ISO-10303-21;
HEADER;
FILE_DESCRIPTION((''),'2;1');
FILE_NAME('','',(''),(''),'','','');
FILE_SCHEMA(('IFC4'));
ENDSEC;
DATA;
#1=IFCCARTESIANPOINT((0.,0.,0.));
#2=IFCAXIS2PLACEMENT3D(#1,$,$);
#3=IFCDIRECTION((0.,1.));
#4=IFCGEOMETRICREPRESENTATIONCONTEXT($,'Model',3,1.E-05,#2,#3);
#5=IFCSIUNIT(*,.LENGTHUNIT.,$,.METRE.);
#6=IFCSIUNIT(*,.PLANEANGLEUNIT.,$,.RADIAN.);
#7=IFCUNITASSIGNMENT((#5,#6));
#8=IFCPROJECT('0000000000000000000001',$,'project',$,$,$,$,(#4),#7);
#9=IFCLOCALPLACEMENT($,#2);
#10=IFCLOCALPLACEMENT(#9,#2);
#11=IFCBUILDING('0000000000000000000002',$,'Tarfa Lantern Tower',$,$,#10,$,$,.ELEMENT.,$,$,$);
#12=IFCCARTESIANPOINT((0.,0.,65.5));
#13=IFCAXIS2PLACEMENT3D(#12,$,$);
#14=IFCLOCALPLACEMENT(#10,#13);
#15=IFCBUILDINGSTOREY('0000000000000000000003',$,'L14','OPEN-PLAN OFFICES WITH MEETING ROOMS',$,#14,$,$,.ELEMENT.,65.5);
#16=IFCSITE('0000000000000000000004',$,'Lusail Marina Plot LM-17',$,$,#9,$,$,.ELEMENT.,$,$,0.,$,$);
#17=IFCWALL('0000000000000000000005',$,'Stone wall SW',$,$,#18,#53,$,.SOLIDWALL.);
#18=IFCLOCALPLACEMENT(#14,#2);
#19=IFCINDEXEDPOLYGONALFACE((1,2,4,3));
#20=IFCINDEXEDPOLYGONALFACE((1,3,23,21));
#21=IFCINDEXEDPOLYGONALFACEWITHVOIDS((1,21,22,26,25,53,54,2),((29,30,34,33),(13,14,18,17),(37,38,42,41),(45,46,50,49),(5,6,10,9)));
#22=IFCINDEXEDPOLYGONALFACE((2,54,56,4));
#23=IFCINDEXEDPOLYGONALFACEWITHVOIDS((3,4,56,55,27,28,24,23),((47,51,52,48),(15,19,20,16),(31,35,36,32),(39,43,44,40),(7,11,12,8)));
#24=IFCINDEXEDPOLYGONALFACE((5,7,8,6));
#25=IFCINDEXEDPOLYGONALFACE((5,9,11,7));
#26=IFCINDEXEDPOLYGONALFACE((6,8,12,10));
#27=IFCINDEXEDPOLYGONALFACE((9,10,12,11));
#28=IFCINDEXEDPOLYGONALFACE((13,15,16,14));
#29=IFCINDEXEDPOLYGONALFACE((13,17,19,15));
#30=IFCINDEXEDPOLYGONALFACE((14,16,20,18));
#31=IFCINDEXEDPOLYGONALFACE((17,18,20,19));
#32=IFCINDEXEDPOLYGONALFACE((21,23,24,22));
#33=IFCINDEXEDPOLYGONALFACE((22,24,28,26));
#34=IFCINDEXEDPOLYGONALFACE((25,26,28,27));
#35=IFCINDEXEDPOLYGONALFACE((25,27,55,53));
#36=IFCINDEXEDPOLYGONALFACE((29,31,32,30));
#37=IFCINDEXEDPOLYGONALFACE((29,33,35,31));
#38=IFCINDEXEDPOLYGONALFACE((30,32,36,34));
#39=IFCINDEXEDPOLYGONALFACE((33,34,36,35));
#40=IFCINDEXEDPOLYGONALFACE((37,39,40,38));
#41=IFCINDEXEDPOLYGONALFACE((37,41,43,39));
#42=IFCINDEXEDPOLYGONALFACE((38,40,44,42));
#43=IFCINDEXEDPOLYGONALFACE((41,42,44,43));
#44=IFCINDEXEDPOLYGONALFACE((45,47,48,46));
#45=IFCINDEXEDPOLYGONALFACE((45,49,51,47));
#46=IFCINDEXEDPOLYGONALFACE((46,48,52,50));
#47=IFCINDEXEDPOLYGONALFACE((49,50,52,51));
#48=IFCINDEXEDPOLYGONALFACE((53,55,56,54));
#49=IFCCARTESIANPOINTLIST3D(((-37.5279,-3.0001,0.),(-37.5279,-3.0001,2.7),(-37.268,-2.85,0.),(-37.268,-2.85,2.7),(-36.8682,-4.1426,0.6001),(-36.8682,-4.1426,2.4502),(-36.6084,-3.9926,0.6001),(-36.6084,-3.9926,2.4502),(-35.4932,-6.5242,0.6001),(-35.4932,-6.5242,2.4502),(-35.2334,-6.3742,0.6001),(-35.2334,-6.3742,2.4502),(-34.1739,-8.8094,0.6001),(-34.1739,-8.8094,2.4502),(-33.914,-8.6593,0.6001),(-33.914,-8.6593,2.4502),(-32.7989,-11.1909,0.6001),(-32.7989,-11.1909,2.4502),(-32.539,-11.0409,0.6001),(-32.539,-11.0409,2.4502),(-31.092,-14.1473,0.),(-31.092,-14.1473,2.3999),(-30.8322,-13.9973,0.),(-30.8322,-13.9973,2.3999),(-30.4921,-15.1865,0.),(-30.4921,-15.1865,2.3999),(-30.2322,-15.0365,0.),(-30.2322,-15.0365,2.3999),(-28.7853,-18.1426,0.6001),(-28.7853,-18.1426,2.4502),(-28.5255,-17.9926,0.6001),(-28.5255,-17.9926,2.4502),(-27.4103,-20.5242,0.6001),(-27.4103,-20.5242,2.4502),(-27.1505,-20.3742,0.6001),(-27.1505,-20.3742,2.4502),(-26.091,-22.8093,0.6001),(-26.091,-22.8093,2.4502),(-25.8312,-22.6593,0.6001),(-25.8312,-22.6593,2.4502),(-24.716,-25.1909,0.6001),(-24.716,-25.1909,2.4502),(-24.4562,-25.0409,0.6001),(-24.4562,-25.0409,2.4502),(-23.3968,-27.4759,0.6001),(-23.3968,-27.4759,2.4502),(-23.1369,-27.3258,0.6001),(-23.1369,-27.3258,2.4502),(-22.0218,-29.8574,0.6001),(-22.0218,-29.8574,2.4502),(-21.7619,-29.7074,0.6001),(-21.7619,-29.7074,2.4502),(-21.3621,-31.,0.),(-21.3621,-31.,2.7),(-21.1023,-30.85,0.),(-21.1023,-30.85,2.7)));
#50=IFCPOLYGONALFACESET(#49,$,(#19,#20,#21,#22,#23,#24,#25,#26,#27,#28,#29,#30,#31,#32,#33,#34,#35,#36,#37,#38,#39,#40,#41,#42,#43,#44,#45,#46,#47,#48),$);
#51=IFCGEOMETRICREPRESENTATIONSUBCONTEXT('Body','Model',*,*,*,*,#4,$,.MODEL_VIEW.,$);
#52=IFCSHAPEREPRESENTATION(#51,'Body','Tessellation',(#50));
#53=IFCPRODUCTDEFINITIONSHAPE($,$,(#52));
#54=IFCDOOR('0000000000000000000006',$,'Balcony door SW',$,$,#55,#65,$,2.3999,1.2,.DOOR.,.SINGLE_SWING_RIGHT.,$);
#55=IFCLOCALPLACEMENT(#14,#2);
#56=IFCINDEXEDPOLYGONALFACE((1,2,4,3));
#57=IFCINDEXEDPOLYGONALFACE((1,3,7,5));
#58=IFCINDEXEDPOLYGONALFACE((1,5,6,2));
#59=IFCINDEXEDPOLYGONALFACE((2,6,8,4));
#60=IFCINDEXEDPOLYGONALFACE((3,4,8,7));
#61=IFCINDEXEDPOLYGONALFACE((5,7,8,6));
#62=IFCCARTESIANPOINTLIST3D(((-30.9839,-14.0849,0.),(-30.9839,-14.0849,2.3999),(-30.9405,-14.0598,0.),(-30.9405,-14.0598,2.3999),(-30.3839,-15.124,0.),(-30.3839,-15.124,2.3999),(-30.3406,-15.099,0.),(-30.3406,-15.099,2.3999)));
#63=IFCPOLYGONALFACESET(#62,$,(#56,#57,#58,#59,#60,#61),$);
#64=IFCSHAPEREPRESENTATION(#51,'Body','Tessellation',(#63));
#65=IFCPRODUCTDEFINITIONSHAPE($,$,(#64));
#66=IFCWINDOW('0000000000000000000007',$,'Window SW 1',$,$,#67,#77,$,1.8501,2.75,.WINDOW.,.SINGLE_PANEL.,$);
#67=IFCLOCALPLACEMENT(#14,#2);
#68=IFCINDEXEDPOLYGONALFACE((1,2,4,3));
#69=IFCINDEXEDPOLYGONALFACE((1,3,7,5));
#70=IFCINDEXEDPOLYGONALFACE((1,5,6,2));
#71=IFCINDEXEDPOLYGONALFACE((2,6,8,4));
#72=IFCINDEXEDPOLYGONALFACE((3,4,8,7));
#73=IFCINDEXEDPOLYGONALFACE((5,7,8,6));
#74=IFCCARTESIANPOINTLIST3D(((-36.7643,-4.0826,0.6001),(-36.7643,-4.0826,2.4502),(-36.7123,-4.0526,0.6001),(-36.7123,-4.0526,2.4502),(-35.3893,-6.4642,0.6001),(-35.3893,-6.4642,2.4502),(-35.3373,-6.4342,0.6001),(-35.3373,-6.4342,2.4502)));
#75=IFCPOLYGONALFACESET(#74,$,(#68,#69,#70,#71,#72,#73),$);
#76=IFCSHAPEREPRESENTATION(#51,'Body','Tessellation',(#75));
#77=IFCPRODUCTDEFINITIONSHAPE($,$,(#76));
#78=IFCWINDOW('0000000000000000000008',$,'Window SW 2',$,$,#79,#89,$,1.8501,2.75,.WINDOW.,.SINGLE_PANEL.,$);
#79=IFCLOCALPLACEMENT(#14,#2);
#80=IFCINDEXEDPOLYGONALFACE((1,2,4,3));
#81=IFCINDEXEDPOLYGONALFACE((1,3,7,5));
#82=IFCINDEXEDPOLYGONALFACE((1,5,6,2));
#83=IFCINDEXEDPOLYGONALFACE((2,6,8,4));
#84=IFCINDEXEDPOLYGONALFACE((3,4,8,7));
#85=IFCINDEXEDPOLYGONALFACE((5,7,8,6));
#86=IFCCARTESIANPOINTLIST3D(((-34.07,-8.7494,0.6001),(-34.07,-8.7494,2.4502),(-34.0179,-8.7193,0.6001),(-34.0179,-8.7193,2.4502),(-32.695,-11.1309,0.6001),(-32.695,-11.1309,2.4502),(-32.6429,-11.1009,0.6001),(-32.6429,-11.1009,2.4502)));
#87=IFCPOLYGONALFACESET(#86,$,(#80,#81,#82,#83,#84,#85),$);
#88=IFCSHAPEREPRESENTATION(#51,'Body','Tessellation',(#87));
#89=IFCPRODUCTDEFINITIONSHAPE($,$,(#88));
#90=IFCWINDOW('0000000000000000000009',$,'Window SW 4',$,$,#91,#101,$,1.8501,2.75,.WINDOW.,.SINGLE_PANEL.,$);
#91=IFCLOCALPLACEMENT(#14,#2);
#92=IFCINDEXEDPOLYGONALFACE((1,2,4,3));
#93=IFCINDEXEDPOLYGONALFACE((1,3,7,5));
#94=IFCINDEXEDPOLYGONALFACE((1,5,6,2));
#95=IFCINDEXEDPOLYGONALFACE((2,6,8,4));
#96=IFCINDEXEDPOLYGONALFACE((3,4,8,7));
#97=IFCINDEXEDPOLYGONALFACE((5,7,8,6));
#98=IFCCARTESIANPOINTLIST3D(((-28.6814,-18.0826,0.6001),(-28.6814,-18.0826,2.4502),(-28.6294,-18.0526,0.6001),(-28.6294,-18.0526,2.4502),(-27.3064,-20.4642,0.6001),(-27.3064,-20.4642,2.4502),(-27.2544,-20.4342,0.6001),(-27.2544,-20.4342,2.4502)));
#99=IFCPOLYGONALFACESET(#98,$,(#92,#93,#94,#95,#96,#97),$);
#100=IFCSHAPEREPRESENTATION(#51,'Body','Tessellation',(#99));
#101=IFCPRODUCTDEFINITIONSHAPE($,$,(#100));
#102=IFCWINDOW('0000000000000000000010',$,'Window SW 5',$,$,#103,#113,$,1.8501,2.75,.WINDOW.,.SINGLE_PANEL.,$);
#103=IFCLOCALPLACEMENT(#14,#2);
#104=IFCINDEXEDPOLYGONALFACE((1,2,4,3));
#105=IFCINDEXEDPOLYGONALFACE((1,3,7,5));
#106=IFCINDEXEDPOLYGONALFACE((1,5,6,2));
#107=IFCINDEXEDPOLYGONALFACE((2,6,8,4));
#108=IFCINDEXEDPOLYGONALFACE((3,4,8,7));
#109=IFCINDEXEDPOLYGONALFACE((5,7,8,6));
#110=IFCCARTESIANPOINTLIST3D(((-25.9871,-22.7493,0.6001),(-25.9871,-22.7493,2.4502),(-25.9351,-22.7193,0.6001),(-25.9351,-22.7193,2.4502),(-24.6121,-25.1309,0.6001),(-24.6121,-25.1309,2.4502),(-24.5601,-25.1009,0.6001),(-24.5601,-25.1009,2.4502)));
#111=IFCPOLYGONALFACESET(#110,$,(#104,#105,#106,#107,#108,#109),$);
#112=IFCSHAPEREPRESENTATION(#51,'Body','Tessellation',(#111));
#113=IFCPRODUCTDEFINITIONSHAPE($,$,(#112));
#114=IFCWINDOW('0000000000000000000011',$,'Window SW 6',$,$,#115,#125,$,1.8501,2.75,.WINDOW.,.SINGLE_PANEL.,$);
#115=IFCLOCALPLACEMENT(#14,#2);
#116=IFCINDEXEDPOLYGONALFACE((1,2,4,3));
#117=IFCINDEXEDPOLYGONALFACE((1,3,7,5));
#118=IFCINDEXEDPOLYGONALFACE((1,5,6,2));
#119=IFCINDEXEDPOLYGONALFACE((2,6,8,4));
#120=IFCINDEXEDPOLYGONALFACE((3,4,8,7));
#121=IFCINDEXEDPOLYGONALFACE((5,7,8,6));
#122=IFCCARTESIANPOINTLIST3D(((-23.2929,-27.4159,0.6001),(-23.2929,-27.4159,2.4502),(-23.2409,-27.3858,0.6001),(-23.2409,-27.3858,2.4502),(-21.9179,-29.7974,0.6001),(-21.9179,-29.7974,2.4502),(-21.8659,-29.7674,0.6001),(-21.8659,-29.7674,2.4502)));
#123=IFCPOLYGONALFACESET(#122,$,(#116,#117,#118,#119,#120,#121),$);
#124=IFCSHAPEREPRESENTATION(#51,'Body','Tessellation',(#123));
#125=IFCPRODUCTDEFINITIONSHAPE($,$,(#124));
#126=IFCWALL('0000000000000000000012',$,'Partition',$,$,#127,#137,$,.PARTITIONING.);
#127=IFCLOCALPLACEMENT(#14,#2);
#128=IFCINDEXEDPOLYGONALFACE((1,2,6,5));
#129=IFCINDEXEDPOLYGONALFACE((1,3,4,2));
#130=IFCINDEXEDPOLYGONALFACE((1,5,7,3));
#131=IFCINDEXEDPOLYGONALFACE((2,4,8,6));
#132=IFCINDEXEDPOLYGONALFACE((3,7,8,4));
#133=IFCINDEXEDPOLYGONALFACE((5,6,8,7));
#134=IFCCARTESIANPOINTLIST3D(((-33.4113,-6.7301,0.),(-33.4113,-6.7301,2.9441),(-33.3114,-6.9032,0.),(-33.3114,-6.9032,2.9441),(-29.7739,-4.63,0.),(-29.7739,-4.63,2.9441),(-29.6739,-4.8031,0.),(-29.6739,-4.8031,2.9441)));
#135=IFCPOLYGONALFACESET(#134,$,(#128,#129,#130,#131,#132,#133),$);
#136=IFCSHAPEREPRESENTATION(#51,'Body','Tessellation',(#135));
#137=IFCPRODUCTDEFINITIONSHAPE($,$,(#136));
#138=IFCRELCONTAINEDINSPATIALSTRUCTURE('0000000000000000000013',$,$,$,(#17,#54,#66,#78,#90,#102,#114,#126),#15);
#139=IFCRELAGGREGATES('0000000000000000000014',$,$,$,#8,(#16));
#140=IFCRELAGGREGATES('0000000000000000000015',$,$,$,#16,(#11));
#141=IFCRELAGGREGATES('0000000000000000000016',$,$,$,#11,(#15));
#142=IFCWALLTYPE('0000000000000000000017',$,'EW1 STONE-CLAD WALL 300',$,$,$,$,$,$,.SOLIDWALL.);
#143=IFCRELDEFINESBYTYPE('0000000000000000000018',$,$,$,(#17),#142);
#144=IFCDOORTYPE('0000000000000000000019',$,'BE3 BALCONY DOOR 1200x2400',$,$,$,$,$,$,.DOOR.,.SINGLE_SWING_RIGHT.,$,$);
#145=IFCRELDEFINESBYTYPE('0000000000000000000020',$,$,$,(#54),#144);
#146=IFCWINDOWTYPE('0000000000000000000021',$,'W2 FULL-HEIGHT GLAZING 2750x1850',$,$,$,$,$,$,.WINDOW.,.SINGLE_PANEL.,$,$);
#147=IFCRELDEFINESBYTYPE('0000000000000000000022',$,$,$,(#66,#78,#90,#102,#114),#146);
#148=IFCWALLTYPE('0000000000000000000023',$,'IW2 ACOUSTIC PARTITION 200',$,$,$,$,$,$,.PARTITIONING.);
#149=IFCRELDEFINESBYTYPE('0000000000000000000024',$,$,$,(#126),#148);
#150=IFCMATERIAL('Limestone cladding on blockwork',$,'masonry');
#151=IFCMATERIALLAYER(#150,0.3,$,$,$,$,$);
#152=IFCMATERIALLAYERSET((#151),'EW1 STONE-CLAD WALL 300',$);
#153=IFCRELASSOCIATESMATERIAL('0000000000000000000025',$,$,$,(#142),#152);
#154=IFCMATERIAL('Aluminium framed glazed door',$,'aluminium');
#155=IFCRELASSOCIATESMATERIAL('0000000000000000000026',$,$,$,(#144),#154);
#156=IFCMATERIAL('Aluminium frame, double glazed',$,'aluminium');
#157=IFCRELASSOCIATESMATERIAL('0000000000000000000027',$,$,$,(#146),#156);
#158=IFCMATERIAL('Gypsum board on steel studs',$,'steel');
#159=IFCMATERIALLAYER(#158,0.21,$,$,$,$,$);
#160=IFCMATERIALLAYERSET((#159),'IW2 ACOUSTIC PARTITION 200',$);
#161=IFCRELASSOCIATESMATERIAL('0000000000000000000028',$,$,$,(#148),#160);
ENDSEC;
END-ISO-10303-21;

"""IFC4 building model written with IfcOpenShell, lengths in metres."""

from ifc_helpers import new_model, si_unit, direction, frame, frame_2d, origin, place, context, subcontext, project, spatial, rectangle, extrude, material, layer, layer_set, type_object, element, fill, save


model = new_model("IFC4")

# Units and contexts
model_context = context("Model", 3, precision=1e-05, world=origin(), true_north=direction((0.0, 1.0)))
body_context = subcontext(model_context, "Body", "Model", "MODEL_VIEW")
ifc_project = project(units=[si_unit("LENGTHUNIT", "METRE"), si_unit("PLANEANGLEUNIT", "RADIAN")], contexts=[model_context])

# Site, building, storey
site_placement = place(None, origin())
site = spatial("IfcSite", under=ifc_project, at=site_placement, Name="Lusail Marina Plot LM-17", CompositionType="ELEMENT", RefElevation=0.0)
building_placement = place(site_placement, origin())
building = spatial("IfcBuilding", under=site, at=building_placement, Name="Tarfa Lantern Tower", CompositionType="ELEMENT")
storey_placement = place(building_placement, frame((0.0, 0.0, 65.5)))
storey = spatial("IfcBuildingStorey", under=building, at=storey_placement, Name="L14", Description="OPEN-PLAN OFFICES WITH MEETING ROOMS", CompositionType="ELEMENT", Elevation=65.5)

# Wall, openings, door, windows
ifc_material_1 = material(Name="Limestone cladding on blockwork", Category="masonry")
ifc_layer_1 = layer(ifc_material_1, 0.3)
ifc_layer_set_1 = layer_set([ifc_layer_1], Name="EW1 STONE-CLAD WALL 300")
wall_type_1 = type_object("IfcWallType", Name="EW1 STONE-CLAD WALL 300", PredefinedType="SOLIDWALL", material=ifc_layer_set_1)
wall_1_placement = place(storey_placement, frame((-37.3979, -2.925, 0.0), z_axis=(0.0, 0.0, 1.0), x_axis=(0.499999, -0.866026, 0.0)))
wall_1 = element("IfcWall", 1, at=wall_1_placement, inside=storey, type_object=wall_type_1, Name="Stone wall SW", PredefinedType="SOLIDWALL", context=body_context, shape_type="SweptSolid", body=[
    extrude(rectangle(XDim=32.3315, YDim=0.3, at=frame_2d((16.1658, 0.0))), origin(), (0.0, 0.0, 1.0), 2.7),
])
opening_1_placement = place(wall_1_placement, frame((1.3193, 0.0, 0.6001)))
opening_1 = element("IfcOpeningElement", 2, at=opening_1_placement, cuts=wall_1, PredefinedType="OPENING", context=body_context, shape_type="SweptSolid", body=[
    extrude(rectangle(XDim=2.75, YDim=1.8501, at=frame_2d((1.375, 0.925))), frame((0.0, 0.1599, 0.0), z_axis=(0.0, -1.0, 0.0), x_axis=(1.0, 0.0, 0.0)), (0.0, 0.0, 1.0), 0.3201),
])
opening_2_placement = place(wall_1_placement, frame((6.708, 0.0, 0.6001)))
opening_2 = element("IfcOpeningElement", 3, at=opening_2_placement, cuts=wall_1, PredefinedType="OPENING", context=body_context, shape_type="SweptSolid", body=[
    extrude(rectangle(XDim=2.75, YDim=1.8501, at=frame_2d((1.375, 0.925))), frame((0.0, 0.1599, 0.0), z_axis=(0.0, -1.0, 0.0), x_axis=(1.0, 0.0, 0.0)), (0.0, 0.0, 1.0), 0.3201),
])
opening_3_placement = place(wall_1_placement, frame((12.8716, 0.0, 0.0)))
opening_3 = element("IfcOpeningElement", 4, at=opening_3_placement, cuts=wall_1, PredefinedType="OPENING", context=body_context, shape_type="SweptSolid", body=[
    extrude(rectangle(XDim=1.2, YDim=2.3999, at=frame_2d((0.6001, 1.2))), frame((0.0, 0.1599, 0.0), z_axis=(0.0, -1.0, 0.0), x_axis=(1.0, 0.0, 0.0)), (0.0, 0.0, 1.0), 0.3201),
])
opening_4_placement = place(wall_1_placement, frame((17.4851, 0.0, 0.6001)))
opening_4 = element("IfcOpeningElement", 5, at=opening_4_placement, cuts=wall_1, PredefinedType="OPENING", context=body_context, shape_type="SweptSolid", body=[
    extrude(rectangle(XDim=2.75, YDim=1.8501, at=frame_2d((1.375, 0.925))), frame((0.0, 0.1599, 0.0), z_axis=(0.0, -1.0, 0.0), x_axis=(1.0, 0.0, 0.0)), (0.0, 0.0, 1.0), 0.3201),
])
opening_5_placement = place(wall_1_placement, frame((22.8738, 0.0, 0.6001)))
opening_5 = element("IfcOpeningElement", 6, at=opening_5_placement, cuts=wall_1, PredefinedType="OPENING", context=body_context, shape_type="SweptSolid", body=[
    extrude(rectangle(XDim=2.75, YDim=1.8501, at=frame_2d((1.375, 0.925))), frame((0.0, 0.1599, 0.0), z_axis=(0.0, -1.0, 0.0), x_axis=(1.0, 0.0, 0.0)), (0.0, 0.0, 1.0), 0.3201),
])
opening_6_placement = place(wall_1_placement, frame((28.2622, 0.0, 0.6001)))
opening_6 = element("IfcOpeningElement", 7, at=opening_6_placement, cuts=wall_1, PredefinedType="OPENING", context=body_context, shape_type="SweptSolid", body=[
    extrude(rectangle(XDim=2.75, YDim=1.8501, at=frame_2d((1.375, 0.925))), frame((0.0, 0.1599, 0.0), z_axis=(0.0, -1.0, 0.0), x_axis=(1.0, 0.0, 0.0)), (0.0, 0.0, 1.0), 0.3201),
])
ifc_material_2 = material(Name="Aluminium framed glazed door", Category="aluminium")
door_type = type_object("IfcDoorType", Name="BE3 BALCONY DOOR 1200x2400", OperationType="SINGLE_SWING_RIGHT", PredefinedType="DOOR", material=ifc_material_2)
door_placement = place(opening_3_placement, origin())
door = element("IfcDoor", 8, at=door_placement, inside=storey, type_object=door_type, Name="Balcony door SW", OperationType="SINGLE_SWING_RIGHT", OverallHeight=2.3999, OverallWidth=1.2, PredefinedType="DOOR", context=body_context, shape_type="SweptSolid", body=[
    extrude(rectangle(XDim=1.2, YDim=2.3999, at=frame_2d((0.6001, 1.2))), frame((0.0, 0.0249, 0.0), z_axis=(0.0, -1.0, 0.0), x_axis=(1.0, 0.0, 0.0)), (0.0, 0.0, 1.0), 0.05),
])
fill(opening_3, door)
ifc_material_3 = material(Name="Aluminium frame, double glazed", Category="aluminium")
window_type = type_object("IfcWindowType", Name="W2 FULL-HEIGHT GLAZING 2750x1850", PartitioningType="SINGLE_PANEL", PredefinedType="WINDOW", material=ifc_material_3)
window_1_placement = place(opening_1_placement, origin())
window_1 = element("IfcWindow", 9, at=window_1_placement, inside=storey, type_object=window_type, Name="Window SW 1", OverallHeight=1.8501, OverallWidth=2.75, PartitioningType="SINGLE_PANEL", PredefinedType="WINDOW", context=body_context, shape_type="SweptSolid", body=[
    extrude(rectangle(XDim=2.75, YDim=1.8501, at=frame_2d((1.375, 0.925))), frame((0.0, 0.03, 0.0), z_axis=(0.0, -1.0, 0.0), x_axis=(1.0, 0.0, 0.0)), (0.0, 0.0, 1.0), 0.0601),
])
fill(opening_1, window_1)
window_2_placement = place(opening_2_placement, origin())
window_2 = element("IfcWindow", 10, at=window_2_placement, inside=storey, type_object=window_type, Name="Window SW 2", OverallHeight=1.8501, OverallWidth=2.75, PartitioningType="SINGLE_PANEL", PredefinedType="WINDOW", context=body_context, shape_type="SweptSolid", body=[
    extrude(rectangle(XDim=2.75, YDim=1.8501, at=frame_2d((1.375, 0.925))), frame((0.0, 0.03, 0.0), z_axis=(0.0, -1.0, 0.0), x_axis=(1.0, 0.0, 0.0)), (0.0, 0.0, 1.0), 0.0601),
])
fill(opening_2, window_2)
window_3_placement = place(opening_4_placement, origin())
window_3 = element("IfcWindow", 11, at=window_3_placement, inside=storey, type_object=window_type, Name="Window SW 4", OverallHeight=1.8501, OverallWidth=2.75, PartitioningType="SINGLE_PANEL", PredefinedType="WINDOW", context=body_context, shape_type="SweptSolid", body=[
    extrude(rectangle(XDim=2.75, YDim=1.8501, at=frame_2d((1.375, 0.925))), frame((0.0, 0.03, 0.0), z_axis=(0.0, -1.0, 0.0), x_axis=(1.0, 0.0, 0.0)), (0.0, 0.0, 1.0), 0.0601),
])
fill(opening_4, window_3)
window_4_placement = place(opening_5_placement, origin())
window_4 = element("IfcWindow", 12, at=window_4_placement, inside=storey, type_object=window_type, Name="Window SW 5", OverallHeight=1.8501, OverallWidth=2.75, PartitioningType="SINGLE_PANEL", PredefinedType="WINDOW", context=body_context, shape_type="SweptSolid", body=[
    extrude(rectangle(XDim=2.75, YDim=1.8501, at=frame_2d((1.375, 0.925))), frame((0.0, 0.03, 0.0), z_axis=(0.0, -1.0, 0.0), x_axis=(1.0, 0.0, 0.0)), (0.0, 0.0, 1.0), 0.0601),
])
fill(opening_5, window_4)
window_5_placement = place(opening_6_placement, origin())
window_5 = element("IfcWindow", 13, at=window_5_placement, inside=storey, type_object=window_type, Name="Window SW 6", OverallHeight=1.8501, OverallWidth=2.75, PartitioningType="SINGLE_PANEL", PredefinedType="WINDOW", context=body_context, shape_type="SweptSolid", body=[
    extrude(rectangle(XDim=2.75, YDim=1.8501, at=frame_2d((1.375, 0.925))), frame((0.0, 0.03, 0.0), z_axis=(0.0, -1.0, 0.0), x_axis=(1.0, 0.0, 0.0)), (0.0, 0.0, 1.0), 0.0601),
])
fill(opening_6, window_5)

# Wall
ifc_material_4 = material(Name="Gypsum board on steel studs", Category="steel")
ifc_layer_2 = layer(ifc_material_4, 0.21)
ifc_layer_set_2 = layer_set([ifc_layer_2], Name="IW2 ACOUSTIC PARTITION 200")
wall_type_2 = type_object("IfcWallType", Name="IW2 ACOUSTIC PARTITION 200", PredefinedType="PARTITIONING", material=ifc_layer_set_2)
wall_2_placement = place(storey_placement, frame((-29.7239, -4.7166, 0.0), z_axis=(0.0, 0.0, 1.0), x_axis=(-0.866024, -0.500003, 0.0)))
element("IfcWall", 14, at=wall_2_placement, inside=storey, type_object=wall_type_2, Name="Partition", PredefinedType="PARTITIONING", context=body_context, shape_type="SweptSolid", body=[
    extrude(rectangle(XDim=4.2002, YDim=0.2, at=frame_2d((2.1001, 0.0))), origin(), (0.0, 0.0, 1.0), 2.9441),
])

save(model, "model.ifc")
